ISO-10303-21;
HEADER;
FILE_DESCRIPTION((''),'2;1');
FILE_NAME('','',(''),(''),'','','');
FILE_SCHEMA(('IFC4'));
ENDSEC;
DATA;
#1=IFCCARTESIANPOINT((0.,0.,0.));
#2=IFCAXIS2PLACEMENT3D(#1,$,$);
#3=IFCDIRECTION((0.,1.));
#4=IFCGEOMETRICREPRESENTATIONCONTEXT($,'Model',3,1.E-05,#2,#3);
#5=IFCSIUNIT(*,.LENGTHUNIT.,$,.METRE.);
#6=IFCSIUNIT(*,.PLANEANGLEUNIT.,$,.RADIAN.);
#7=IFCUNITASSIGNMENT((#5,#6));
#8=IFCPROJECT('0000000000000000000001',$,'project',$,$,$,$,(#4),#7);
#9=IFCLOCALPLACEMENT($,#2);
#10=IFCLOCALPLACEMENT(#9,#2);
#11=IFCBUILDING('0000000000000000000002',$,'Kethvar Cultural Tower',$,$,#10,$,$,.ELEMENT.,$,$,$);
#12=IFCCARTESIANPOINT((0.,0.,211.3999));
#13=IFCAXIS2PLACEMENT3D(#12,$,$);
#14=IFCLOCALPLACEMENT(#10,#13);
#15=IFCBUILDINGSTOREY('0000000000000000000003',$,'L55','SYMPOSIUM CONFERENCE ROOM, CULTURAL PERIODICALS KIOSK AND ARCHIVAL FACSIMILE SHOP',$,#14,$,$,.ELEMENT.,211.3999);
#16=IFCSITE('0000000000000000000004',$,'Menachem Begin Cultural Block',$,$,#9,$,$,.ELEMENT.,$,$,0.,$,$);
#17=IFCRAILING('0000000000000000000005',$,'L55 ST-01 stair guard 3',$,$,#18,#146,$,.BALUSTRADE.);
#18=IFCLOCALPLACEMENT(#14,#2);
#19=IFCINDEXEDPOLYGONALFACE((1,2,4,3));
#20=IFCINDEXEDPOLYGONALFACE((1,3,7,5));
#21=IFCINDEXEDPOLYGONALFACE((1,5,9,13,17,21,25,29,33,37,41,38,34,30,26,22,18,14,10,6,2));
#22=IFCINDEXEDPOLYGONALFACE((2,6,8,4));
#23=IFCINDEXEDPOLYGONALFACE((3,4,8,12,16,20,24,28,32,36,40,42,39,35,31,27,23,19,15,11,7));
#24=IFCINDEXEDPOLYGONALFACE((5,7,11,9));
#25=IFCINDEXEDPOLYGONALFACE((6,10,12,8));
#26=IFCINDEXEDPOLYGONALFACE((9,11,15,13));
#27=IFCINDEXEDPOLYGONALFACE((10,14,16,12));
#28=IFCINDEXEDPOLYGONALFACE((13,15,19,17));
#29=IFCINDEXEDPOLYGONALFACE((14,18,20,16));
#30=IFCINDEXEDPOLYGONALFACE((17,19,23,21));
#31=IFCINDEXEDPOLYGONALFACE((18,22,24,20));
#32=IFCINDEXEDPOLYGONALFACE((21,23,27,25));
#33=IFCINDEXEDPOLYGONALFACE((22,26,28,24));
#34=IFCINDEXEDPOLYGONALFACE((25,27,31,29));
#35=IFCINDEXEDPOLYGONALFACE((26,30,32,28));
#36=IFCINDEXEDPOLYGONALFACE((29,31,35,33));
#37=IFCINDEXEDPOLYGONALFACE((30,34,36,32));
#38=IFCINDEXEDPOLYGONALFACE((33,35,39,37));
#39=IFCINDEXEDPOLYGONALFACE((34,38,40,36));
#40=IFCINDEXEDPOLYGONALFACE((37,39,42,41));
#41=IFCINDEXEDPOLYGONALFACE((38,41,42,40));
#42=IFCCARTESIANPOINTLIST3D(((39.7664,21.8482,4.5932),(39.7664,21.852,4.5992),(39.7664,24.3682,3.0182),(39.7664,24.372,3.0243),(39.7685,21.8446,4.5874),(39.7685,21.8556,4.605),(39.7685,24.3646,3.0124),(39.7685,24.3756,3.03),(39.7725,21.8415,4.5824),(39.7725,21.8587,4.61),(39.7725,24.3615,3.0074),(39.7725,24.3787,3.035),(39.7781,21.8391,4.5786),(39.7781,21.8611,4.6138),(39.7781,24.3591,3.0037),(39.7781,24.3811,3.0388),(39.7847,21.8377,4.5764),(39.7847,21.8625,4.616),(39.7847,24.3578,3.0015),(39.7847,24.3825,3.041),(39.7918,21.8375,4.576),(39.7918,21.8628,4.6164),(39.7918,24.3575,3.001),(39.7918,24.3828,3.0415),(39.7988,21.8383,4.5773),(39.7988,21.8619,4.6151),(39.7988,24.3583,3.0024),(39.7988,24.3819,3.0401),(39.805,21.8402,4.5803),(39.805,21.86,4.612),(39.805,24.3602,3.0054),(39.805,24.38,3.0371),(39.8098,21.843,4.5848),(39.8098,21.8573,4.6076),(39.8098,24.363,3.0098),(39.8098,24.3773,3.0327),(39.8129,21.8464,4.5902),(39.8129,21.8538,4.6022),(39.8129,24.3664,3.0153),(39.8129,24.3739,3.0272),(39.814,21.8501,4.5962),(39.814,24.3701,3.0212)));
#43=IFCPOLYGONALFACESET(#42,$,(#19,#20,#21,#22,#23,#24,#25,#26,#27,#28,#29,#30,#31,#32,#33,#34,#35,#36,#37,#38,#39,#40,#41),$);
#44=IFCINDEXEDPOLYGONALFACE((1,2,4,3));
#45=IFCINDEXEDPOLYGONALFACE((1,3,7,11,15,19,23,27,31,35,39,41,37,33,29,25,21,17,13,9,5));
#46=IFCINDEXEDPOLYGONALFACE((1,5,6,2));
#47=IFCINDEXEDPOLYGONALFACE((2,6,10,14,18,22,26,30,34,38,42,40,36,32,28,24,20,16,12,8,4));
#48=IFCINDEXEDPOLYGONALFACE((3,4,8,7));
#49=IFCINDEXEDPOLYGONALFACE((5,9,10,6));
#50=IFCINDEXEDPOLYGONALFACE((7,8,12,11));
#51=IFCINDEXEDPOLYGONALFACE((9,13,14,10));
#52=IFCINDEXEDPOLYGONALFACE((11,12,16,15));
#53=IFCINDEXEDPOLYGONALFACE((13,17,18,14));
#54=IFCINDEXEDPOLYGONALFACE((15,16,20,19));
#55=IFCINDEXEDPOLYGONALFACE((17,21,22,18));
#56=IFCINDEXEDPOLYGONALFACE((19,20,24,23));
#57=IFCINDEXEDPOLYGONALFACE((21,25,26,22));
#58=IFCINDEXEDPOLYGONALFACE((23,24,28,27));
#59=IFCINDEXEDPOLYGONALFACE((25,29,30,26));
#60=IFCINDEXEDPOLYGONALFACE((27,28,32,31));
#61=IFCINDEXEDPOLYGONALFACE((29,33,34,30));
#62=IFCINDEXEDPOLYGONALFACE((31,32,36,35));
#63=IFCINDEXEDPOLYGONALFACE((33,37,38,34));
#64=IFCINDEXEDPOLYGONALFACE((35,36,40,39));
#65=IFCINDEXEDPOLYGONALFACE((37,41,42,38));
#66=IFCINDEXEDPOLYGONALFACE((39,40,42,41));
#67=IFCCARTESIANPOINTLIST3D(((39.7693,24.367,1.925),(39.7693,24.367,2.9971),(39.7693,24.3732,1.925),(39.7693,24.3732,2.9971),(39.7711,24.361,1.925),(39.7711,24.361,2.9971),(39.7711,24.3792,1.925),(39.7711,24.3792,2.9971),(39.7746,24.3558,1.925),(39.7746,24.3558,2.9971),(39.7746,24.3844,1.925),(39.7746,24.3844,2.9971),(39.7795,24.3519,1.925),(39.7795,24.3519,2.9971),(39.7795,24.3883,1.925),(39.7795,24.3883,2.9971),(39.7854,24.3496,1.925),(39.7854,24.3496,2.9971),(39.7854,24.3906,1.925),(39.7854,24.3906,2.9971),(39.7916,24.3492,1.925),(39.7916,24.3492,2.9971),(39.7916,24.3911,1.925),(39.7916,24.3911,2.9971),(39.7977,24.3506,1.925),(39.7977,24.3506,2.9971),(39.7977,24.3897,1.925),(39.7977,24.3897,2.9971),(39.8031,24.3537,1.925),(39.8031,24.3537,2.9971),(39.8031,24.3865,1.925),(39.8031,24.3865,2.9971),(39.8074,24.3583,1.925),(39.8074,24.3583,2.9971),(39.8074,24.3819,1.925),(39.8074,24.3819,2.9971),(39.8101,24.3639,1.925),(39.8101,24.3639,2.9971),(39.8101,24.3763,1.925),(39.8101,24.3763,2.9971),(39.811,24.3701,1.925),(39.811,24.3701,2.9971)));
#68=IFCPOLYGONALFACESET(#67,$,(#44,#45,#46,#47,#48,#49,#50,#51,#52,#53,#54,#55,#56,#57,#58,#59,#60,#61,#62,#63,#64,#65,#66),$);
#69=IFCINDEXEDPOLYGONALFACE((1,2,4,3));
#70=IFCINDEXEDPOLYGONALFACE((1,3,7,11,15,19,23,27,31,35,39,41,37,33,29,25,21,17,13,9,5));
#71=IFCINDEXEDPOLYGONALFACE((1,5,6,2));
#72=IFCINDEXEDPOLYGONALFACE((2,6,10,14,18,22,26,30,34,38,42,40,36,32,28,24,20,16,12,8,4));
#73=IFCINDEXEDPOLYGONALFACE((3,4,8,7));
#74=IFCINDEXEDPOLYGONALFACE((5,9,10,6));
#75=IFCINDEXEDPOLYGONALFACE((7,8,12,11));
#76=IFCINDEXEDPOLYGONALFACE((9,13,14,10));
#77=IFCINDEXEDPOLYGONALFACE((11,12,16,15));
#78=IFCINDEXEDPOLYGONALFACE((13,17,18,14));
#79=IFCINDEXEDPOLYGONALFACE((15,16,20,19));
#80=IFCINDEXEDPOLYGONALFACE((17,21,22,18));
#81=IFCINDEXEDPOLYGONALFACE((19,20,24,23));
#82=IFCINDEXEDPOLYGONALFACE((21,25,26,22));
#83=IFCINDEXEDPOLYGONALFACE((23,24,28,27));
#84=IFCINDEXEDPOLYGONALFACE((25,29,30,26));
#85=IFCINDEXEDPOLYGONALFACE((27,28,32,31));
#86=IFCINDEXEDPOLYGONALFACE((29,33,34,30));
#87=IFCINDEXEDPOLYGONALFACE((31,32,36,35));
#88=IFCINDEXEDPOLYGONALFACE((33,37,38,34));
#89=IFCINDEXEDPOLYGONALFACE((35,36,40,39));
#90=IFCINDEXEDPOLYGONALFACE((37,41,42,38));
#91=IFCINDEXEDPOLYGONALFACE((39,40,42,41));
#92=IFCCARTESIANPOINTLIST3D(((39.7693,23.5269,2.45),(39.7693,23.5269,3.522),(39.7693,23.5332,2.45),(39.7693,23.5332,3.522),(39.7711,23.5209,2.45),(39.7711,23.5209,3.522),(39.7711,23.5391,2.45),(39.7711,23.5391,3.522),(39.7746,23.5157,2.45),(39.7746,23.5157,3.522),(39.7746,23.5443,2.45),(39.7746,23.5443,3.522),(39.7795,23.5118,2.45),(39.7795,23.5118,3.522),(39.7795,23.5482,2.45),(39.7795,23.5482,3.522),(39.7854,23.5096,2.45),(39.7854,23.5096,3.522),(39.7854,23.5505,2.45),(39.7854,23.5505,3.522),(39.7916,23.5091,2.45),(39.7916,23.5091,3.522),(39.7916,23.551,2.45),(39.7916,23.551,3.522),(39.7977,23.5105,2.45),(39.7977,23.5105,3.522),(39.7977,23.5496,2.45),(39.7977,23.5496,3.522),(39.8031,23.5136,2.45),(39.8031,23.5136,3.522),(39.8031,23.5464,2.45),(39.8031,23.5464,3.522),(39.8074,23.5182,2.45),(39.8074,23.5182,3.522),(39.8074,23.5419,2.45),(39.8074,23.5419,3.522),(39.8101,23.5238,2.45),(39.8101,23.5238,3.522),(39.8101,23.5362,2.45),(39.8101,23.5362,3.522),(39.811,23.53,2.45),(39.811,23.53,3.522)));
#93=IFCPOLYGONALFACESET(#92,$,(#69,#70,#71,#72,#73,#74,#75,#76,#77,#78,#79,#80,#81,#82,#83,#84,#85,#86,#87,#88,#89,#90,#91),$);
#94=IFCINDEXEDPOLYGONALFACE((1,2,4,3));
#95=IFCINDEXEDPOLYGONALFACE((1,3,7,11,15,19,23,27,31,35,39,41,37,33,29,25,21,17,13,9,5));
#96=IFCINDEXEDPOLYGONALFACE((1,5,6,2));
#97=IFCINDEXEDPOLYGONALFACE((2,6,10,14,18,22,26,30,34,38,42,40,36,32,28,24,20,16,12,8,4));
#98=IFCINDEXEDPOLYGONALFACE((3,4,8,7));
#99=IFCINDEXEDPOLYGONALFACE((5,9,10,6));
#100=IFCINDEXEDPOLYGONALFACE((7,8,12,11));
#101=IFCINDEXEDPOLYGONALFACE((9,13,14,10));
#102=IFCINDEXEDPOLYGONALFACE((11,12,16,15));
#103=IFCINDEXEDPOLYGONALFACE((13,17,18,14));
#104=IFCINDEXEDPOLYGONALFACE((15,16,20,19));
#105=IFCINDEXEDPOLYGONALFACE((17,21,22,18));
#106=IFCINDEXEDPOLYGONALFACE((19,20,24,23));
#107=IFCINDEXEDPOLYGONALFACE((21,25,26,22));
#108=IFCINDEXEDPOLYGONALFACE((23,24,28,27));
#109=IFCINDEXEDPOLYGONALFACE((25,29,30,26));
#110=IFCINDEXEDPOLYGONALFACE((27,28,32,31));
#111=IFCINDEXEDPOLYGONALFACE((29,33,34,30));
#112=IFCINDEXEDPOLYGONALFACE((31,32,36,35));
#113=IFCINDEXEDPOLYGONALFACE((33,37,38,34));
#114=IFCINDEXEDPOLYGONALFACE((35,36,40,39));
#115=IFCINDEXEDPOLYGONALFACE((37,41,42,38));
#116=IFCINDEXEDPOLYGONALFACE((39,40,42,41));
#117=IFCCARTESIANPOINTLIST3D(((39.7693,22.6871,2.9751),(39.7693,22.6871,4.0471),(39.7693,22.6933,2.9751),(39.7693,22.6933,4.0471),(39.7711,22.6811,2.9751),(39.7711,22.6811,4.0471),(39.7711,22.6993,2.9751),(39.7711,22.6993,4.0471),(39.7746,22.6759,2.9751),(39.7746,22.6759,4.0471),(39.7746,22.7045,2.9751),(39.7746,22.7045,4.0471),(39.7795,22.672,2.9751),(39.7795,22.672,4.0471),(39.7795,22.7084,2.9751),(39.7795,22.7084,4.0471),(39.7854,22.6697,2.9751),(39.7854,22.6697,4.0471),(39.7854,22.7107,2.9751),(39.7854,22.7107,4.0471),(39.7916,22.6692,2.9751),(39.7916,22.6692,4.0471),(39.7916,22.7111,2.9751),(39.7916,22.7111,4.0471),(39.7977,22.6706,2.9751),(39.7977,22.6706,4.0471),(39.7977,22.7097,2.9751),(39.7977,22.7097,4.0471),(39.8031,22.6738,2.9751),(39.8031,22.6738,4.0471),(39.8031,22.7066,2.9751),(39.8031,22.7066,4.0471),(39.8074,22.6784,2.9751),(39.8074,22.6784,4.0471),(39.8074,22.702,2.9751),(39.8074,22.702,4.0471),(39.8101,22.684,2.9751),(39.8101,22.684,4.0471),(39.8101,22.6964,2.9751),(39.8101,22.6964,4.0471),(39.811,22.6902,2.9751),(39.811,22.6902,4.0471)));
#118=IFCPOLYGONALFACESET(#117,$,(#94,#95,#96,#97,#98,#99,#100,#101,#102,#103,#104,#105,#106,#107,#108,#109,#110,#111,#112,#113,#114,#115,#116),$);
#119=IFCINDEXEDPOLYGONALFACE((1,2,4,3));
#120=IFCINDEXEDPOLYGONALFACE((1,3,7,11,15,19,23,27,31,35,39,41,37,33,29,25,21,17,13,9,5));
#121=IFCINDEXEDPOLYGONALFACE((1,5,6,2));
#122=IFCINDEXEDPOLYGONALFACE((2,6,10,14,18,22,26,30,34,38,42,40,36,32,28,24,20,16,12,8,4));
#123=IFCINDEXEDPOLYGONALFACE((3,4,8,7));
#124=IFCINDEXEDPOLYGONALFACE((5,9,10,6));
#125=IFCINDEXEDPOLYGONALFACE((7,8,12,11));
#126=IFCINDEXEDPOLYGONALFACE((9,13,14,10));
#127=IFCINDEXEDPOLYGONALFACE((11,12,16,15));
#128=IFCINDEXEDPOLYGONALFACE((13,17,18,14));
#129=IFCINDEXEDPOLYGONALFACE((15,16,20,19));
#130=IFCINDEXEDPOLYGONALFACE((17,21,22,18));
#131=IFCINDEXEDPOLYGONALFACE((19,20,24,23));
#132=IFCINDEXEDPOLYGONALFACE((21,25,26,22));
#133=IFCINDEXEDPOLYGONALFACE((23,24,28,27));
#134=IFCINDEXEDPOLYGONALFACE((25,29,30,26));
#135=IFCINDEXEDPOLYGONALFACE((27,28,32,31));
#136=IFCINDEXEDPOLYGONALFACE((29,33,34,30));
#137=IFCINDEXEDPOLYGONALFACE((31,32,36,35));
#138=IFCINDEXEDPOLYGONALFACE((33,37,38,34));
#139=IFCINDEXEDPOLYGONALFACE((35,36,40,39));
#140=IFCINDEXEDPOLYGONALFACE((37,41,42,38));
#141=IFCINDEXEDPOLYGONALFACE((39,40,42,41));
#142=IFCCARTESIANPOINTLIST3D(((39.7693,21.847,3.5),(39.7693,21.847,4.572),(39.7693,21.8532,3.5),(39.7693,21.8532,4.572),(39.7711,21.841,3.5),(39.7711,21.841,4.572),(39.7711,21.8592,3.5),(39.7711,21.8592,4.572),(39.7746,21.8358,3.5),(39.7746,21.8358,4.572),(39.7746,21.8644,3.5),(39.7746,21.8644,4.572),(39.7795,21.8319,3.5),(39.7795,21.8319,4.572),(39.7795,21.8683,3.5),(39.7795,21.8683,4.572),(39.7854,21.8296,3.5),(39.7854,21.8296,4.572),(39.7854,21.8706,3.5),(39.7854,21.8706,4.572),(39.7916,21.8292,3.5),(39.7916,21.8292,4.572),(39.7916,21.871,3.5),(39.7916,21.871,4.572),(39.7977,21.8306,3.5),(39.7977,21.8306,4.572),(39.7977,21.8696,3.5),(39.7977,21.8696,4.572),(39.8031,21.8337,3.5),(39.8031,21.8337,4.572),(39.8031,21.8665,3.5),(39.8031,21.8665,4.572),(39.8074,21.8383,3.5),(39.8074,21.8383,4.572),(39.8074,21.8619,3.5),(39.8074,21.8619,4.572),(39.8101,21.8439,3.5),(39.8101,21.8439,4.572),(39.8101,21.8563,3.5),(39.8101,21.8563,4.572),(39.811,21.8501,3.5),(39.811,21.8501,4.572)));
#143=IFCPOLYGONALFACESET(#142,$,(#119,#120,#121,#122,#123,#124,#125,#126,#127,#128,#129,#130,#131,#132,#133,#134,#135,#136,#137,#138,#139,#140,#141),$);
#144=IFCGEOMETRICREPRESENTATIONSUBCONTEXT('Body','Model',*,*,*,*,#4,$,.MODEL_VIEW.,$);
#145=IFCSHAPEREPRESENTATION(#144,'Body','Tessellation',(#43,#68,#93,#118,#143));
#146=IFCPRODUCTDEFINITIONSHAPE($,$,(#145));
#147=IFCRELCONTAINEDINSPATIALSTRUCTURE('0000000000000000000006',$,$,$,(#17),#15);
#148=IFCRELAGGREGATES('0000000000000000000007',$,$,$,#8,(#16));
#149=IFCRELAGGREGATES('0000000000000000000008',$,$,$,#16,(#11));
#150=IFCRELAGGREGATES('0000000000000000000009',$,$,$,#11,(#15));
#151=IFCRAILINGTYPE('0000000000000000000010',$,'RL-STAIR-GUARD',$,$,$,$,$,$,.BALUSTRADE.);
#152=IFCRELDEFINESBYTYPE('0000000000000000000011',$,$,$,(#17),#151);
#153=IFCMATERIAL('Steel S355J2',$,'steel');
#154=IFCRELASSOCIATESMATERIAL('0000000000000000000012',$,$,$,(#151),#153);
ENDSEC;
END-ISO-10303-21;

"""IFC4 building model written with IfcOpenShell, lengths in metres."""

from ifc_helpers import new_model, si_unit, direction, frame, origin, origin_2d, place, context, subcontext, project, spatial, circle, extrude, material, type_object, element, save


model = new_model("IFC4")

# Units and contexts
model_context = context("Model", 3, precision=1e-05, world=origin(), true_north=direction((0.0, 1.0)))
body_context = subcontext(model_context, "Body", "Model", "MODEL_VIEW")
ifc_project = project(units=[si_unit("LENGTHUNIT", "METRE"), si_unit("PLANEANGLEUNIT", "RADIAN")], contexts=[model_context])

# Site, building, storey
site_placement = place(None, origin())
site = spatial("IfcSite", under=ifc_project, at=site_placement, Name="Menachem Begin Cultural Block", CompositionType="ELEMENT", RefElevation=0.0)
building_placement = place(site_placement, origin())
building = spatial("IfcBuilding", under=site, at=building_placement, Name="Kethvar Cultural Tower", CompositionType="ELEMENT")
storey_placement = place(building_placement, frame((0.0, 0.0, 211.3999)))
storey = spatial("IfcBuildingStorey", under=building, at=storey_placement, Name="L55", Description="SYMPOSIUM CONFERENCE ROOM, CULTURAL PERIODICALS KIOSK AND ARCHIVAL FACSIMILE SHOP", CompositionType="ELEMENT", Elevation=211.3999)

# Shared definitions
ifc_material_1 = material(Name="Steel S355J2", Category="steel")

# Railing
railing_type_1 = type_object("IfcRailingType", Name="RL-STAIR-GUARD", PredefinedType="BALUSTRADE", material=ifc_material_1)
railing_1_placement = place(storey_placement, frame((39.79, 24.3701, 1.925)))
element("IfcRailing", 1, at=railing_1_placement, inside=storey, type_object=railing_type_1, Name="L55 ST-01 stair guard 3", PredefinedType="BALUSTRADE", context=body_context, shape_type="SweptSolid", body=[
    extrude(circle(Radius=0.0239, at=origin_2d()), frame((0.0, 0.0, 1.0962), z_axis=(0.0, -0.848008, 0.529984), x_axis=(1.0, 0.0, 0.0)), (0.0, 0.0, 1.0), 2.9717),
    extrude(circle(Radius=0.021, at=origin_2d()), origin(), (0.0, 0.0, 1.0), 1.072),
    extrude(circle(Radius=0.021, at=origin_2d()), frame((0.0, -0.8401, 0.5249)), (0.0, 0.0, 1.0), 1.072),
    extrude(circle(Radius=0.021, at=origin_2d()), frame((0.0, -1.6799, 1.05)), (0.0, 0.0, 1.0), 1.072),
    extrude(circle(Radius=0.021, at=origin_2d()), frame((0.0, -2.52, 1.575)), (0.0, 0.0, 1.0), 1.072),
])

save(model, "model.ifc")
